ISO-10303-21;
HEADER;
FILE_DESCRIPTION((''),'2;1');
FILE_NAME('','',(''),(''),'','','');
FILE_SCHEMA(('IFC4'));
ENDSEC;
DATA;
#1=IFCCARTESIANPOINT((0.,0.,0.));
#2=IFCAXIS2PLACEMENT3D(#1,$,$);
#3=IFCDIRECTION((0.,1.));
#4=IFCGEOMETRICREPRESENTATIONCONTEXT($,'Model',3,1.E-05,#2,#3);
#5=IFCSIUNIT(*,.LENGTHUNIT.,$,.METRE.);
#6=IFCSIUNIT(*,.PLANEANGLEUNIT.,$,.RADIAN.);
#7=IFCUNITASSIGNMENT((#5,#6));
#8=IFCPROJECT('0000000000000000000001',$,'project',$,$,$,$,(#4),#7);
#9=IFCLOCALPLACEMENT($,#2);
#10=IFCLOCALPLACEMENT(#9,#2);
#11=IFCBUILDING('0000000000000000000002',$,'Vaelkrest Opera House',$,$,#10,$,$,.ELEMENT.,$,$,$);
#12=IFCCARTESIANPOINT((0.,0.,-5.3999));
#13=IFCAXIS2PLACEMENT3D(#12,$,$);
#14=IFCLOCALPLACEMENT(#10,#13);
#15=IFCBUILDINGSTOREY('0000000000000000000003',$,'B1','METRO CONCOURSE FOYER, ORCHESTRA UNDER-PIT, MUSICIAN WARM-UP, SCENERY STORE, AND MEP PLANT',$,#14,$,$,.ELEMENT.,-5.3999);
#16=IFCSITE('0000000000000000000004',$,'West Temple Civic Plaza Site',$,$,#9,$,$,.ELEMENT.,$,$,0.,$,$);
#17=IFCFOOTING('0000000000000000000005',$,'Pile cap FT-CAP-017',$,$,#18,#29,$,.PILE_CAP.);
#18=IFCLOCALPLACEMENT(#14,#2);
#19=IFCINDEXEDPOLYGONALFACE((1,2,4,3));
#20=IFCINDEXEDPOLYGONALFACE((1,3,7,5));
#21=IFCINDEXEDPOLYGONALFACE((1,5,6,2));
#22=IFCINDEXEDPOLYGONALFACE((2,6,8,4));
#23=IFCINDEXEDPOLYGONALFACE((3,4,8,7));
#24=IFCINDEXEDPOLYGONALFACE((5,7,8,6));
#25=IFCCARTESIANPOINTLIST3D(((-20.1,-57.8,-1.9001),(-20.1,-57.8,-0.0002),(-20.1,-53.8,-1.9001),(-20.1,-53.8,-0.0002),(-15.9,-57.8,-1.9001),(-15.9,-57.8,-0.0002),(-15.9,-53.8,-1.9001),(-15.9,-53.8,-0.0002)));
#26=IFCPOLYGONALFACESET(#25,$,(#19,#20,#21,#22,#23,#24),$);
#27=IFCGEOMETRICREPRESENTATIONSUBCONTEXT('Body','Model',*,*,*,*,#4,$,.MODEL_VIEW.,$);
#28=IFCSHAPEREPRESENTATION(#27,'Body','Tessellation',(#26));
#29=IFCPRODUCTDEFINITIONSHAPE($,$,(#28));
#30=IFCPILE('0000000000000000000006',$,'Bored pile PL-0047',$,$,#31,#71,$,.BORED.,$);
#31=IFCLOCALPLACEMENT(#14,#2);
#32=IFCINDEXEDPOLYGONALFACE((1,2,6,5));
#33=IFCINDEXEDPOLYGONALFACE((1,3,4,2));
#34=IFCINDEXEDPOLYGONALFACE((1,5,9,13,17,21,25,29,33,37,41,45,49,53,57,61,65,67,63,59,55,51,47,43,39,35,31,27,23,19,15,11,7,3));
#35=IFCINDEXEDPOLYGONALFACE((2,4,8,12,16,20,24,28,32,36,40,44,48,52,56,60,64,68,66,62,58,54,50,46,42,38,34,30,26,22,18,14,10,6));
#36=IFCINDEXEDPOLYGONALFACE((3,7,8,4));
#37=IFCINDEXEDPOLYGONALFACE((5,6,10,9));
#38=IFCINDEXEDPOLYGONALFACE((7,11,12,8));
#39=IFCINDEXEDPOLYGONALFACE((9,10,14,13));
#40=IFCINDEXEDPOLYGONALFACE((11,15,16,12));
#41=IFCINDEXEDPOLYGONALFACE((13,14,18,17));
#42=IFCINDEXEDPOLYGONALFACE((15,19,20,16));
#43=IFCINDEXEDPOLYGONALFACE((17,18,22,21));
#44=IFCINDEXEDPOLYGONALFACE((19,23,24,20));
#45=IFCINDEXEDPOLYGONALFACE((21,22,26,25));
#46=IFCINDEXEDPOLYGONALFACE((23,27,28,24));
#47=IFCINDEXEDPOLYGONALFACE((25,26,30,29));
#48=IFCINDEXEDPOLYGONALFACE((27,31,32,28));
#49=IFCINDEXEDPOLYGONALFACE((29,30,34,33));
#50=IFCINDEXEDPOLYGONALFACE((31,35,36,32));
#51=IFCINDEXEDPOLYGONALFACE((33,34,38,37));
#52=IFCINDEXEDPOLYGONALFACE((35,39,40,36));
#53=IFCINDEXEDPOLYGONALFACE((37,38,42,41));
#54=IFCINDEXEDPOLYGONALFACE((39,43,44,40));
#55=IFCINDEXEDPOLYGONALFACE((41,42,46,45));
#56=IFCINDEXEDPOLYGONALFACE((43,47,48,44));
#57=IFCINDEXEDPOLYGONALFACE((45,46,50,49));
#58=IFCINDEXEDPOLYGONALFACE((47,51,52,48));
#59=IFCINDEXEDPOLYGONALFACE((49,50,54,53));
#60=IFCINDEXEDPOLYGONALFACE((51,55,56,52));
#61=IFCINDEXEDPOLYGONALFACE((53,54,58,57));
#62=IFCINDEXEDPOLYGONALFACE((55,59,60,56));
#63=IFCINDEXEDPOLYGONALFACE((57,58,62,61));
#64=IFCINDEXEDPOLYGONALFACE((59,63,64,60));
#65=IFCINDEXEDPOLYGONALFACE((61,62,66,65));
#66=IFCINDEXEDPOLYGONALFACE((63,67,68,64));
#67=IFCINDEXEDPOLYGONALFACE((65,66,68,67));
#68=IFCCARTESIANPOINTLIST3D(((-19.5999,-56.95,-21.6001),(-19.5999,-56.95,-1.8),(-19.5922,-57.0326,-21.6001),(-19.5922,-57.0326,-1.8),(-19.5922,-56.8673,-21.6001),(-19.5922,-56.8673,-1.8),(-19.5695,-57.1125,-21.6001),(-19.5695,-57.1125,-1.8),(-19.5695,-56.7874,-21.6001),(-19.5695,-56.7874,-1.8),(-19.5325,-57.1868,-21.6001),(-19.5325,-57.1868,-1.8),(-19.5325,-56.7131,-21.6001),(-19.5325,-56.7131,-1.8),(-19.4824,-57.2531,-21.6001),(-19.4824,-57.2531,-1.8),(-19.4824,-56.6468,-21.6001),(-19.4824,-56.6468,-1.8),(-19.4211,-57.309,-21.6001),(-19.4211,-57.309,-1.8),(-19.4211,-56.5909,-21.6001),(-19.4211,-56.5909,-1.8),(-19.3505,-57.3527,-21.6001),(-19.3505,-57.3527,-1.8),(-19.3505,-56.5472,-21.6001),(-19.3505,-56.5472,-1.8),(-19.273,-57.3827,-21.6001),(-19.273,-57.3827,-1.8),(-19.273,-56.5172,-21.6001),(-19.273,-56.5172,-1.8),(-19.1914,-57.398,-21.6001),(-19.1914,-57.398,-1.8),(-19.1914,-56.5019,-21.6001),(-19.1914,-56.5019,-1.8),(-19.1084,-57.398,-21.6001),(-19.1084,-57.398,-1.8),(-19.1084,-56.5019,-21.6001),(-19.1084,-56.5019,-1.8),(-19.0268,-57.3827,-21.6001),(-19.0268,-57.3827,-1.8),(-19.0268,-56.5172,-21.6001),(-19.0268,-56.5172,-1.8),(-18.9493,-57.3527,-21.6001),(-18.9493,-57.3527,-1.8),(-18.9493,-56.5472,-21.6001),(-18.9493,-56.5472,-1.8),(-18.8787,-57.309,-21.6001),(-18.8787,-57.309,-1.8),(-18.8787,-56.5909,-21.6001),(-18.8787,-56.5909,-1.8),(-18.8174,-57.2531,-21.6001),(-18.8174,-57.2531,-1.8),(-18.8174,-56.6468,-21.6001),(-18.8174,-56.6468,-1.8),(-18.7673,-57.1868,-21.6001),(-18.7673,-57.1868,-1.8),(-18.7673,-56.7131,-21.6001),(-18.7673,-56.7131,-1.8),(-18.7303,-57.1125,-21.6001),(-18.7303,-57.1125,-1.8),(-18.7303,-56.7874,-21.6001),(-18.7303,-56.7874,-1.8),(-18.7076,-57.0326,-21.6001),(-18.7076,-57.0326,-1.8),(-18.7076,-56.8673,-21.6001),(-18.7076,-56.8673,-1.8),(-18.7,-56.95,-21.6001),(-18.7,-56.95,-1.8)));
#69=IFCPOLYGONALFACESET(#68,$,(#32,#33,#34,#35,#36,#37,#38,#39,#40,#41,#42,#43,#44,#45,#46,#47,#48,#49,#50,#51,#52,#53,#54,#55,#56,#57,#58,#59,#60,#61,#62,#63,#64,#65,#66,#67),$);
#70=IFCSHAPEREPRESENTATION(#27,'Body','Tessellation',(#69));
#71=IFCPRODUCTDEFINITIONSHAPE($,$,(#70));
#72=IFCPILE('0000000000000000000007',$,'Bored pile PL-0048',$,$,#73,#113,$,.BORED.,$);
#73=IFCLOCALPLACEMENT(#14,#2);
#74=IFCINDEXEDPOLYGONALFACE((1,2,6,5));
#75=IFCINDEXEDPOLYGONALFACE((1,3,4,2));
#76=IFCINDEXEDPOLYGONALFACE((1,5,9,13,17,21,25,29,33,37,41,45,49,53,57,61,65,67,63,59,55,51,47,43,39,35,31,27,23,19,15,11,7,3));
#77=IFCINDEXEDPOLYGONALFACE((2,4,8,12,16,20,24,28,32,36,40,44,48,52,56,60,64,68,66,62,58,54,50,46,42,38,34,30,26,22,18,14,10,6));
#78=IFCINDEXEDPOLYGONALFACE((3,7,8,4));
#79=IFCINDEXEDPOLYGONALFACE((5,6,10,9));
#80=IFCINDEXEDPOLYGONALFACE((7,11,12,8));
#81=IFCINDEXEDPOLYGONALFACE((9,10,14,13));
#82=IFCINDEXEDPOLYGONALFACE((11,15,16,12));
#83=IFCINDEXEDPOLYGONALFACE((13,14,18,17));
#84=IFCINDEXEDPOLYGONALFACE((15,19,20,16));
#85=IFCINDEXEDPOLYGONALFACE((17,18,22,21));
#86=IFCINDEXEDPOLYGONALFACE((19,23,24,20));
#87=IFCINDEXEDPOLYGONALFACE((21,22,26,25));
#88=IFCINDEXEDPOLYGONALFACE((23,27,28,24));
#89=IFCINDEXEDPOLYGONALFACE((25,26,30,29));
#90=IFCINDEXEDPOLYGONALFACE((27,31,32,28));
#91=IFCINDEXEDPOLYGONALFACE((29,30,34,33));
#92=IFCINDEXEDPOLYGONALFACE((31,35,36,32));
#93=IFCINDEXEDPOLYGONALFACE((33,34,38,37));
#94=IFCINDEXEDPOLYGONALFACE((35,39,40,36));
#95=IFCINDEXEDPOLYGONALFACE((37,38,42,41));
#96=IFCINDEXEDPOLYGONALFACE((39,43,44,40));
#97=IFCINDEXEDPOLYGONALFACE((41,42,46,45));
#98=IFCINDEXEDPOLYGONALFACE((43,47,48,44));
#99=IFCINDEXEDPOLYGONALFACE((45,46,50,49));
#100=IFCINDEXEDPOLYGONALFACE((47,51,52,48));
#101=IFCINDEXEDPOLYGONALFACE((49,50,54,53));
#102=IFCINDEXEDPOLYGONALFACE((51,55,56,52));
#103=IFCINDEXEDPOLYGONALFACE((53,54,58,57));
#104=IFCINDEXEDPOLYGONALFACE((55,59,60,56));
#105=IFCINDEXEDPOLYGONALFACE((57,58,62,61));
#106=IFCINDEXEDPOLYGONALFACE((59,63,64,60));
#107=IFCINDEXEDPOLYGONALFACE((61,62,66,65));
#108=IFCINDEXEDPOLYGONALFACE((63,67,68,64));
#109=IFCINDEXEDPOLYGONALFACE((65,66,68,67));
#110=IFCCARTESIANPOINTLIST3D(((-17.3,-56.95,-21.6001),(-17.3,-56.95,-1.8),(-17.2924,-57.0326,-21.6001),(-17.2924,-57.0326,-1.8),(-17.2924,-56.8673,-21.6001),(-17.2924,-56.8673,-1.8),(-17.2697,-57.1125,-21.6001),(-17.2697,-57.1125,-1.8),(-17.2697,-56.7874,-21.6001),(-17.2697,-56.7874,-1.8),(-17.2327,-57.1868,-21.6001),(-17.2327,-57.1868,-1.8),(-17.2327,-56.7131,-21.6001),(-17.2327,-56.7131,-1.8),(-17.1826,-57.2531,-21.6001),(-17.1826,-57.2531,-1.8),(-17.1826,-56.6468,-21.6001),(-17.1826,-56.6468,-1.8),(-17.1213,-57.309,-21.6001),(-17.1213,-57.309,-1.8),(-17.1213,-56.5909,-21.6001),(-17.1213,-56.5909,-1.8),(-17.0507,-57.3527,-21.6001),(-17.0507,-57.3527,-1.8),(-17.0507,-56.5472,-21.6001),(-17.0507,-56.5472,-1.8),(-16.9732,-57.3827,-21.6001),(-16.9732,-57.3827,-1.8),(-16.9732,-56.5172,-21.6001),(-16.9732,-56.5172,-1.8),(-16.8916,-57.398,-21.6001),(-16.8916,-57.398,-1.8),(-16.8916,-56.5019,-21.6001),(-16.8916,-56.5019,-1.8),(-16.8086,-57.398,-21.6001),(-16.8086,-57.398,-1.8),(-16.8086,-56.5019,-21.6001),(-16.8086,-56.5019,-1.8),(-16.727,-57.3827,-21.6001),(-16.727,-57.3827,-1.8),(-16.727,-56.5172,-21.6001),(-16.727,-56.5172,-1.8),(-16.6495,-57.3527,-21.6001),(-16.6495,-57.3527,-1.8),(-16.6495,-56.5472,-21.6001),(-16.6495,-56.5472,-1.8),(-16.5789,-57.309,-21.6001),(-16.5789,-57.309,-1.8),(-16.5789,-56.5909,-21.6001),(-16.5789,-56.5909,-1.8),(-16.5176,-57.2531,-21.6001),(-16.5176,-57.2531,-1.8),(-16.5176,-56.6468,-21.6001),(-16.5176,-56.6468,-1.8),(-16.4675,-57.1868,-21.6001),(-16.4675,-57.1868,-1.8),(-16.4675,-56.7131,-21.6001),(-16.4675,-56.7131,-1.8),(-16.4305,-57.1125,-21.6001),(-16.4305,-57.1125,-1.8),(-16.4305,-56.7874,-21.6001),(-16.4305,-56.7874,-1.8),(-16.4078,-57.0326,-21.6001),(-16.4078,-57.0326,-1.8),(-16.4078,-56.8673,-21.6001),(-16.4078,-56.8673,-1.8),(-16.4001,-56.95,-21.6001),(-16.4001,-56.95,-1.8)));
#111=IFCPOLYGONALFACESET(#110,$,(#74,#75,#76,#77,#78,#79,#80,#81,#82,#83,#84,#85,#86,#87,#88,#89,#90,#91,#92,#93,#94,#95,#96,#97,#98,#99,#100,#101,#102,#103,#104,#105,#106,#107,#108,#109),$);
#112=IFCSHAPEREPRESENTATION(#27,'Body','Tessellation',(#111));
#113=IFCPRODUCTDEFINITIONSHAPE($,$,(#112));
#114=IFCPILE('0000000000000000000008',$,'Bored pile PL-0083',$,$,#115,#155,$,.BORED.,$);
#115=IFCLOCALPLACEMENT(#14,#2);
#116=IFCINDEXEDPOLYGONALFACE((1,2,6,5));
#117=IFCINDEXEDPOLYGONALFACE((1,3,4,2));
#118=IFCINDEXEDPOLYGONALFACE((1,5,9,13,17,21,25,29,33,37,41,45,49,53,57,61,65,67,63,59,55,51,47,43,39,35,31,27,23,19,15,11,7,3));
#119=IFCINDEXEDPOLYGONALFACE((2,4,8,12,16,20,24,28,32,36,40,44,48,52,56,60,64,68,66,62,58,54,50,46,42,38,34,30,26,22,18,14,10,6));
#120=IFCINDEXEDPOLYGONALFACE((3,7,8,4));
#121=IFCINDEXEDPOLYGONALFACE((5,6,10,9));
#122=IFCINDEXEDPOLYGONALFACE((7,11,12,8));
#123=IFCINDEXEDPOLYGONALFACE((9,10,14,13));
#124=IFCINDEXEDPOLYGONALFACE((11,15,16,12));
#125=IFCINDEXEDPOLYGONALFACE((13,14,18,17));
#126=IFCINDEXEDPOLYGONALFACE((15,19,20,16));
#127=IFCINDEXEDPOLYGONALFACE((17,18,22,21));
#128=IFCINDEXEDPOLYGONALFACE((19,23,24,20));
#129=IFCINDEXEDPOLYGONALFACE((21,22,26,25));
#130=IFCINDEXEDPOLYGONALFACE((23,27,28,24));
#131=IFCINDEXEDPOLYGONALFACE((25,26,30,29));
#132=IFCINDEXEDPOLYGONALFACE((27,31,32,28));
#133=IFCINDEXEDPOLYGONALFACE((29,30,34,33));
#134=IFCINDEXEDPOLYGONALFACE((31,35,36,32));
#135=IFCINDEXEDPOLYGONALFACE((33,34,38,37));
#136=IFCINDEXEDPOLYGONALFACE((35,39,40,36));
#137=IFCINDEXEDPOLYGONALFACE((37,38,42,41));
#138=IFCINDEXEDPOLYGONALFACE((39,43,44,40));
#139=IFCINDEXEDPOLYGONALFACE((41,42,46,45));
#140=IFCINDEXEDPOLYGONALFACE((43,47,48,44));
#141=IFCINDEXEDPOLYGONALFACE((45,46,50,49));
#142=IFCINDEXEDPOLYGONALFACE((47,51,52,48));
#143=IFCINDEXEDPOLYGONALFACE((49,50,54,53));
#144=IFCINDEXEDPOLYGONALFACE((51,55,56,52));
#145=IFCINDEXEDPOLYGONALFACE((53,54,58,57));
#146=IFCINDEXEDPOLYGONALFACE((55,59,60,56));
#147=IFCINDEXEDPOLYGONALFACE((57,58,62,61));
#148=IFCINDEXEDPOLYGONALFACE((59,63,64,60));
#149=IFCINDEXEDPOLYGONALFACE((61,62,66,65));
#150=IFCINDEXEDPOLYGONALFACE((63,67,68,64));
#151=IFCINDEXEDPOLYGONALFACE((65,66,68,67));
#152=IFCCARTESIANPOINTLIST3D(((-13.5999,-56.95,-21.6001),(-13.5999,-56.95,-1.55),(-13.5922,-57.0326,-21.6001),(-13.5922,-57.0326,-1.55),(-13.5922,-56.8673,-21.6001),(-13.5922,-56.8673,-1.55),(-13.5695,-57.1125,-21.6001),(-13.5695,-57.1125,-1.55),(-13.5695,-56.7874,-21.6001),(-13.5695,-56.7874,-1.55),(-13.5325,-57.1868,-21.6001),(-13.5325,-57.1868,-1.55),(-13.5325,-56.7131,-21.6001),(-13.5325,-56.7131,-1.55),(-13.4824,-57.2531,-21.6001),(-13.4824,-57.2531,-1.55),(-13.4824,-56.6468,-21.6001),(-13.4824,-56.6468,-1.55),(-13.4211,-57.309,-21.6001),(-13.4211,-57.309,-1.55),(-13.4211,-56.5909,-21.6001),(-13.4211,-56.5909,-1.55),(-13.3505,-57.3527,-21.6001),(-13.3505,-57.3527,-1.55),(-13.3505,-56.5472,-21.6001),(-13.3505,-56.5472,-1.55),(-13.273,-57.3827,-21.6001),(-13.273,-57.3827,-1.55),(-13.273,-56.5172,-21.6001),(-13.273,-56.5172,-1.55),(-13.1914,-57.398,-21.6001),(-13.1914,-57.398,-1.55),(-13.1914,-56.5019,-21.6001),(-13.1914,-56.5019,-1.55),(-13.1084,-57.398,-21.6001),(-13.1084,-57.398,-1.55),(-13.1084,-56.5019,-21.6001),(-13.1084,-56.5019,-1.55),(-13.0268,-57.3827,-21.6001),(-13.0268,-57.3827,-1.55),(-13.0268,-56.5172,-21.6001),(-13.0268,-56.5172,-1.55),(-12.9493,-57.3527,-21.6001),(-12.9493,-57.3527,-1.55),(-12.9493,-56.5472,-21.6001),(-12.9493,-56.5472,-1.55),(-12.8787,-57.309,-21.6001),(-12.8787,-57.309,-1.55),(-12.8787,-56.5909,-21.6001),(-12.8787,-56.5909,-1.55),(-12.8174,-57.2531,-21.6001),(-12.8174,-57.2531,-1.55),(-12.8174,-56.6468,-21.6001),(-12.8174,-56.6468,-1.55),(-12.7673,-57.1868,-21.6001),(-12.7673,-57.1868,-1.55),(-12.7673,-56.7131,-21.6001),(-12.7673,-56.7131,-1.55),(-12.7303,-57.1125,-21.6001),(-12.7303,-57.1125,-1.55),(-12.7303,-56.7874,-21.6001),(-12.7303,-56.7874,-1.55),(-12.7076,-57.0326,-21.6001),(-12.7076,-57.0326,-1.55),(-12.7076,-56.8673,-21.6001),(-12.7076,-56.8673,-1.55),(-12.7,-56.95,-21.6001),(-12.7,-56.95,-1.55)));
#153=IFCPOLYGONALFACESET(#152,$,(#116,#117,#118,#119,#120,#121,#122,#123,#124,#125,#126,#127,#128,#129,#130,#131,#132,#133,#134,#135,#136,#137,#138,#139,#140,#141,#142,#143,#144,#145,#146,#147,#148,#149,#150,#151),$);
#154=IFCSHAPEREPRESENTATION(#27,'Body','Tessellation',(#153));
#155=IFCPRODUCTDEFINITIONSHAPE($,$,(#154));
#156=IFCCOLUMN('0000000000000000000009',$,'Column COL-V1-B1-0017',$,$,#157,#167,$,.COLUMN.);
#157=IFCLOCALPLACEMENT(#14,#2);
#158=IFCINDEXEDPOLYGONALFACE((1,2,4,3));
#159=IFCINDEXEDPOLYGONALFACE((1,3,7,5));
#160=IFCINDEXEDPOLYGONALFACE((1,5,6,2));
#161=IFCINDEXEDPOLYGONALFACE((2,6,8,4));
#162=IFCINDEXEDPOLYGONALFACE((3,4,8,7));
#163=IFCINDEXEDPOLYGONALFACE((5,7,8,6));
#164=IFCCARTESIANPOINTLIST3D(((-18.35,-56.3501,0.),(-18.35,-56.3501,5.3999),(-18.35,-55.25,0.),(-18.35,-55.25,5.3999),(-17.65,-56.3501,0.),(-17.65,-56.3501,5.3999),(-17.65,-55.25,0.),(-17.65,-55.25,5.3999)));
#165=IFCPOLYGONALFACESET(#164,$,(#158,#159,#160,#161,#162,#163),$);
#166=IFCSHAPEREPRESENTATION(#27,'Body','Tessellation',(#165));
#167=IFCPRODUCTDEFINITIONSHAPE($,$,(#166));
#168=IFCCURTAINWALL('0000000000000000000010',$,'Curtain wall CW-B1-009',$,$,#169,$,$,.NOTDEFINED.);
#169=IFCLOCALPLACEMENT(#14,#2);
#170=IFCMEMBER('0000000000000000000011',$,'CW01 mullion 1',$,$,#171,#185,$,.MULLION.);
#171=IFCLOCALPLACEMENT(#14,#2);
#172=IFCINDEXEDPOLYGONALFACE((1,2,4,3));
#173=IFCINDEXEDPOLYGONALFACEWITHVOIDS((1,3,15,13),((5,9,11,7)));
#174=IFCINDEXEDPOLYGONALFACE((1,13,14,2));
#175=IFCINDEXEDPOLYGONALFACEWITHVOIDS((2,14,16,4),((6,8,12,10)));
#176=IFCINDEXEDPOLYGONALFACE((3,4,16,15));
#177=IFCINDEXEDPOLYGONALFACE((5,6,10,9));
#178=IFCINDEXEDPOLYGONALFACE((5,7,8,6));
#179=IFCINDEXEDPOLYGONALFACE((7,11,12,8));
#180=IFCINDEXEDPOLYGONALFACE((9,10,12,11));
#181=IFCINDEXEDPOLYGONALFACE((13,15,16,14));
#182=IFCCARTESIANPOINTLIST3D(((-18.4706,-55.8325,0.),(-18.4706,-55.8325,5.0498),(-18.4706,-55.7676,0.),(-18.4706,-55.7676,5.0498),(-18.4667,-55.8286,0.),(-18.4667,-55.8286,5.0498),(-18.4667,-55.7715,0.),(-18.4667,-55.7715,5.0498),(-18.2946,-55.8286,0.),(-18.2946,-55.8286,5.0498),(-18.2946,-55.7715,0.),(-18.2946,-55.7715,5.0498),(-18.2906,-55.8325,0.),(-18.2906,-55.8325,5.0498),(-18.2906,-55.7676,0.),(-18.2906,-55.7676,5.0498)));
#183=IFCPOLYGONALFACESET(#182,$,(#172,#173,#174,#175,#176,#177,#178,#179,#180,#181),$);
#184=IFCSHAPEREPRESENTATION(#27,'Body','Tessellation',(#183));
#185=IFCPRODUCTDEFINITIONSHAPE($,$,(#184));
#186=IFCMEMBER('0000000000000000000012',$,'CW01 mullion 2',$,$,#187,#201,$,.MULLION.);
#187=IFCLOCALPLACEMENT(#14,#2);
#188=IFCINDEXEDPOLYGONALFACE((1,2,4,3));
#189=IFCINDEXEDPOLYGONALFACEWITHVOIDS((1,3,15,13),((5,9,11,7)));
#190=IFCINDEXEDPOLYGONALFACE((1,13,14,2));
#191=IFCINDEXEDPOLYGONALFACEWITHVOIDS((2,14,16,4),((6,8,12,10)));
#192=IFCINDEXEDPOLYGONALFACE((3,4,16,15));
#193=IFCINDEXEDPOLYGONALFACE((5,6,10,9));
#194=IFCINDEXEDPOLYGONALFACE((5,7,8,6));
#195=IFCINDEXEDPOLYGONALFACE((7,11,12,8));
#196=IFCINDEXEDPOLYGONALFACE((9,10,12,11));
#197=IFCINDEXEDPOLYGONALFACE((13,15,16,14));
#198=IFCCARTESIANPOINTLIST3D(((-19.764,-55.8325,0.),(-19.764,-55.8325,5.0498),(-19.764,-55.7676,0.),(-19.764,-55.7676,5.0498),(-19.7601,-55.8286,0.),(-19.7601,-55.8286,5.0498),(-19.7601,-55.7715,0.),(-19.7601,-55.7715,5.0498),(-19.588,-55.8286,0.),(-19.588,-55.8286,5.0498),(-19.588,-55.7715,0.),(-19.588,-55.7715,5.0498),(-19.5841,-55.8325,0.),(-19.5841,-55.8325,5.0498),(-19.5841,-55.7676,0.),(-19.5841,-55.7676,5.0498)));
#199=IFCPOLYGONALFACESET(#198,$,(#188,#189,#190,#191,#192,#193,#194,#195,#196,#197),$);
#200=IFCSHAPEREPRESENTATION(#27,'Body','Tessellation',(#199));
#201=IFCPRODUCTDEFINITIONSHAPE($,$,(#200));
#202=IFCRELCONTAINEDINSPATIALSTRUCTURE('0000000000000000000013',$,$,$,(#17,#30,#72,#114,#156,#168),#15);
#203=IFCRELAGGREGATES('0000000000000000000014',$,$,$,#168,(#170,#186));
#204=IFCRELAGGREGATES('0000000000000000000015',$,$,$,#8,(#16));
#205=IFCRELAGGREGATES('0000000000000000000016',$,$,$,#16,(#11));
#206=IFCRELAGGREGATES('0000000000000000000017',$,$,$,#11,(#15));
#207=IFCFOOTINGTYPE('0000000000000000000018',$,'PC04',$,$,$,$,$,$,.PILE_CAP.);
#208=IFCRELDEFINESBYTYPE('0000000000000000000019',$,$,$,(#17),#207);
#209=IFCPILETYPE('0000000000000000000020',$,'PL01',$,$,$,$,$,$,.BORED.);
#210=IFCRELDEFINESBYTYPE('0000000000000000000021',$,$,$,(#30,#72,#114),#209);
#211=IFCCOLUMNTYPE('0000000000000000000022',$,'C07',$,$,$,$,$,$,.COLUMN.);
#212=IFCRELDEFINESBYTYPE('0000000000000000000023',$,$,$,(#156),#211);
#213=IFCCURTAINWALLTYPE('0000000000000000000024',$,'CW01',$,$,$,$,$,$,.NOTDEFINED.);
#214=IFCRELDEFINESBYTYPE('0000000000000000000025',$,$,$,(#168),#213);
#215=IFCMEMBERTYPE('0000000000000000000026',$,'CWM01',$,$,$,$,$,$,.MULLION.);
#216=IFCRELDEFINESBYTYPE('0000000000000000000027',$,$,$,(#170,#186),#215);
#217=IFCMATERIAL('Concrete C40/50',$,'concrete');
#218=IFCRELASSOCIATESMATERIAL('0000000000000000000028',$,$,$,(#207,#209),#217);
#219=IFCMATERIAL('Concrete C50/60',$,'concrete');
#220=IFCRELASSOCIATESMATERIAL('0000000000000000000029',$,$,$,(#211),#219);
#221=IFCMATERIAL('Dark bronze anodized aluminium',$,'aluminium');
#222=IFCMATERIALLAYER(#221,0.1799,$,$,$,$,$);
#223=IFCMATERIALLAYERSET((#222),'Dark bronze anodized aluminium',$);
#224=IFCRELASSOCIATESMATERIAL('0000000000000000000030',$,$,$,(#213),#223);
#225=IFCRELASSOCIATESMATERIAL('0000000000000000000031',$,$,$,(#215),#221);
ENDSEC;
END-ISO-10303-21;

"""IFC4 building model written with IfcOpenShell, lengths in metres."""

from ifc_helpers import new_model, si_unit, direction, frame, origin, origin_2d, place, context, subcontext, project, spatial, rectangle, hollow_rectangle, circle, extrude, material, layer, layer_set, material_profile, profile_set, type_object, element, aggregate, save


model = new_model("IFC4")

# Units and contexts
model_context = context("Model", 3, precision=1e-05, world=origin(), true_north=direction((0.0, 1.0)))
body_context = subcontext(model_context, "Body", "Model", "MODEL_VIEW")
ifc_project = project(units=[si_unit("LENGTHUNIT", "METRE"), si_unit("PLANEANGLEUNIT", "RADIAN")], contexts=[model_context])

# Site, building, storey
site_placement = place(None, origin())
site = spatial("IfcSite", under=ifc_project, at=site_placement, Name="West Temple Civic Plaza Site", CompositionType="ELEMENT", RefElevation=0.0)
building_placement = place(site_placement, origin())
building = spatial("IfcBuilding", under=site, at=building_placement, Name="Vaelkrest Opera House", CompositionType="ELEMENT")
storey_placement = place(building_placement, frame((0.0, 0.0, -5.3999)))
storey = spatial("IfcBuildingStorey", under=building, at=storey_placement, Name="B1", Description="METRO CONCOURSE FOYER, ORCHESTRA UNDER-PIT, MUSICIAN WARM-UP, SCENERY STORE, AND MEP PLANT", CompositionType="ELEMENT", Elevation=-5.3999)

# Footing
ifc_material_1 = material(Name="Concrete C40/50", Category="concrete")
footing_type = type_object("IfcFootingType", Name="PC04", PredefinedType="PILE_CAP", material=ifc_material_1)
footing_placement = place(storey_placement, frame((-18.0, -55.8, -1.9001), z_axis=(0.0, 0.0, 1.0), x_axis=(1.0, 0.0, 0.0)))
element("IfcFooting", 1, at=footing_placement, inside=storey, type_object=footing_type, Name="Pile cap FT-CAP-017", PredefinedType="PILE_CAP", context=body_context, shape_type="SweptSolid", body=[
    extrude(rectangle(XDim=4.2, YDim=4.0, at=origin_2d()), origin(), (0.0, 0.0, 1.0), 1.8999),
])

# Piles
ifc_material_profile_1 = material_profile(ifc_material_1, circle(Radius=0.45, at=origin_2d()), Name="PILE900")
ifc_profile_set_1 = profile_set([ifc_material_profile_1], Name="Concrete C40/50")
pile_type = type_object("IfcPileType", Name="PL01", PredefinedType="BORED", material=ifc_profile_set_1)
for number, where, z_axis, x_axis, name in (
    (2, (-19.1499, -56.95, -1.8), (0.0, 0.0, -1.0), (1.0, 0.0, 0.0), "Bored pile PL-0047"),
    (3, (-16.8501, -56.95, -1.8), (0.0, 0.0, -1.0), (1.0, 0.0, 0.0), "Bored pile PL-0048"),
):
    element("IfcPile", number, at=place(storey_placement, frame(where, z_axis=z_axis, x_axis=x_axis)), inside=storey, type_object=pile_type, Name=name, PredefinedType="BORED", context=body_context, shape_type="SweptSolid", body=[
        extrude(circle(Radius=0.45, at=origin_2d()), origin(), (0.0, 0.0, 1.0), 19.8),
    ])
pile_placement = place(storey_placement, frame((-13.1499, -56.95, -1.55), z_axis=(0.0, 0.0, -1.0), x_axis=(1.0, 0.0, 0.0)))
element("IfcPile", 4, at=pile_placement, inside=storey, type_object=pile_type, Name="Bored pile PL-0083", PredefinedType="BORED", context=body_context, shape_type="SweptSolid", body=[
    extrude(circle(Radius=0.45, at=origin_2d()), origin(), (0.0, 0.0, 1.0), 20.05),
])

# Column
ifc_material_2 = material(Name="Concrete C50/60", Category="concrete")
ifc_material_profile_2 = material_profile(ifc_material_2, rectangle(XDim=0.7, YDim=1.1001, at=origin_2d()), Name="RC700X1100")
ifc_profile_set_2 = profile_set([ifc_material_profile_2], Name="Concrete C50/60")
column_type = type_object("IfcColumnType", Name="C07", PredefinedType="COLUMN", material=ifc_profile_set_2)
column_placement = place(storey_placement, frame((-18.0, -55.8, 0.0), z_axis=(0.0, 0.0, 1.0), x_axis=(1.0, 0.0, 0.0)))
element("IfcColumn", 5, at=column_placement, inside=storey, type_object=column_type, Name="Column COL-V1-B1-0017", PredefinedType="COLUMN", context=body_context, shape_type="SweptSolid", body=[
    extrude(rectangle(XDim=0.7, YDim=1.1001, at=origin_2d()), origin(), (0.0, 0.0, 1.0), 5.3999),
])

# Curtain wall, members
ifc_material_3 = material(Name="Dark bronze anodized aluminium", Category="aluminium")
ifc_layer_1 = layer(ifc_material_3, 0.1799)
ifc_layer_set_1 = layer_set([ifc_layer_1], Name="Dark bronze anodized aluminium")
curtain_wall_type_1 = type_object("IfcCurtainWallType", Name="CW01", PredefinedType="NOTDEFINED", material=ifc_layer_set_1)
curtain_wall_1_placement = place(storey_placement, origin())
curtain_wall_1 = element("IfcCurtainWall", 6, at=curtain_wall_1_placement, inside=storey, type_object=curtain_wall_type_1, Name="Curtain wall CW-B1-009", PredefinedType="NOTDEFINED")
ifc_material_profile_3 = material_profile(ifc_material_3, hollow_rectangle(XDim=0.0649, YDim=0.1799, WallThickness=0.0039, at=origin_2d()), Name="CWM65X180")
ifc_profile_set_3 = profile_set([ifc_material_profile_3], Name="Dark bronze anodized aluminium")
member_type_1 = type_object("IfcMemberType", Name="CWM01", PredefinedType="MULLION", material=ifc_profile_set_3)
member_1_placement = place(storey_placement, frame((-18.3806, -55.8, 0.0), z_axis=(0.0, 0.0, 1.0), x_axis=(0.0, -1.0, 0.0)))
member_1 = element("IfcMember", 7, at=member_1_placement, type_object=member_type_1, Name="CW01 mullion 1", PredefinedType="MULLION", context=body_context, shape_type="SweptSolid", body=[
    extrude(hollow_rectangle(XDim=0.0649, YDim=0.1799, WallThickness=0.0039, at=origin_2d()), origin(), (0.0, 0.0, 1.0), 5.0498),
])
member_2_placement = place(storey_placement, frame((-19.6741, -55.8, 0.0), z_axis=(0.0, 0.0, 1.0), x_axis=(0.0, -1.0, 0.0)))
member_2 = element("IfcMember", 8, at=member_2_placement, type_object=member_type_1, Name="CW01 mullion 2", PredefinedType="MULLION", context=body_context, shape_type="SweptSolid", body=[
    extrude(hollow_rectangle(XDim=0.0649, YDim=0.1799, WallThickness=0.0039, at=origin_2d()), origin(), (0.0, 0.0, 1.0), 5.0498),
])

aggregate(curtain_wall_1, [member_1, member_2])

save(model, "model.ifc")
